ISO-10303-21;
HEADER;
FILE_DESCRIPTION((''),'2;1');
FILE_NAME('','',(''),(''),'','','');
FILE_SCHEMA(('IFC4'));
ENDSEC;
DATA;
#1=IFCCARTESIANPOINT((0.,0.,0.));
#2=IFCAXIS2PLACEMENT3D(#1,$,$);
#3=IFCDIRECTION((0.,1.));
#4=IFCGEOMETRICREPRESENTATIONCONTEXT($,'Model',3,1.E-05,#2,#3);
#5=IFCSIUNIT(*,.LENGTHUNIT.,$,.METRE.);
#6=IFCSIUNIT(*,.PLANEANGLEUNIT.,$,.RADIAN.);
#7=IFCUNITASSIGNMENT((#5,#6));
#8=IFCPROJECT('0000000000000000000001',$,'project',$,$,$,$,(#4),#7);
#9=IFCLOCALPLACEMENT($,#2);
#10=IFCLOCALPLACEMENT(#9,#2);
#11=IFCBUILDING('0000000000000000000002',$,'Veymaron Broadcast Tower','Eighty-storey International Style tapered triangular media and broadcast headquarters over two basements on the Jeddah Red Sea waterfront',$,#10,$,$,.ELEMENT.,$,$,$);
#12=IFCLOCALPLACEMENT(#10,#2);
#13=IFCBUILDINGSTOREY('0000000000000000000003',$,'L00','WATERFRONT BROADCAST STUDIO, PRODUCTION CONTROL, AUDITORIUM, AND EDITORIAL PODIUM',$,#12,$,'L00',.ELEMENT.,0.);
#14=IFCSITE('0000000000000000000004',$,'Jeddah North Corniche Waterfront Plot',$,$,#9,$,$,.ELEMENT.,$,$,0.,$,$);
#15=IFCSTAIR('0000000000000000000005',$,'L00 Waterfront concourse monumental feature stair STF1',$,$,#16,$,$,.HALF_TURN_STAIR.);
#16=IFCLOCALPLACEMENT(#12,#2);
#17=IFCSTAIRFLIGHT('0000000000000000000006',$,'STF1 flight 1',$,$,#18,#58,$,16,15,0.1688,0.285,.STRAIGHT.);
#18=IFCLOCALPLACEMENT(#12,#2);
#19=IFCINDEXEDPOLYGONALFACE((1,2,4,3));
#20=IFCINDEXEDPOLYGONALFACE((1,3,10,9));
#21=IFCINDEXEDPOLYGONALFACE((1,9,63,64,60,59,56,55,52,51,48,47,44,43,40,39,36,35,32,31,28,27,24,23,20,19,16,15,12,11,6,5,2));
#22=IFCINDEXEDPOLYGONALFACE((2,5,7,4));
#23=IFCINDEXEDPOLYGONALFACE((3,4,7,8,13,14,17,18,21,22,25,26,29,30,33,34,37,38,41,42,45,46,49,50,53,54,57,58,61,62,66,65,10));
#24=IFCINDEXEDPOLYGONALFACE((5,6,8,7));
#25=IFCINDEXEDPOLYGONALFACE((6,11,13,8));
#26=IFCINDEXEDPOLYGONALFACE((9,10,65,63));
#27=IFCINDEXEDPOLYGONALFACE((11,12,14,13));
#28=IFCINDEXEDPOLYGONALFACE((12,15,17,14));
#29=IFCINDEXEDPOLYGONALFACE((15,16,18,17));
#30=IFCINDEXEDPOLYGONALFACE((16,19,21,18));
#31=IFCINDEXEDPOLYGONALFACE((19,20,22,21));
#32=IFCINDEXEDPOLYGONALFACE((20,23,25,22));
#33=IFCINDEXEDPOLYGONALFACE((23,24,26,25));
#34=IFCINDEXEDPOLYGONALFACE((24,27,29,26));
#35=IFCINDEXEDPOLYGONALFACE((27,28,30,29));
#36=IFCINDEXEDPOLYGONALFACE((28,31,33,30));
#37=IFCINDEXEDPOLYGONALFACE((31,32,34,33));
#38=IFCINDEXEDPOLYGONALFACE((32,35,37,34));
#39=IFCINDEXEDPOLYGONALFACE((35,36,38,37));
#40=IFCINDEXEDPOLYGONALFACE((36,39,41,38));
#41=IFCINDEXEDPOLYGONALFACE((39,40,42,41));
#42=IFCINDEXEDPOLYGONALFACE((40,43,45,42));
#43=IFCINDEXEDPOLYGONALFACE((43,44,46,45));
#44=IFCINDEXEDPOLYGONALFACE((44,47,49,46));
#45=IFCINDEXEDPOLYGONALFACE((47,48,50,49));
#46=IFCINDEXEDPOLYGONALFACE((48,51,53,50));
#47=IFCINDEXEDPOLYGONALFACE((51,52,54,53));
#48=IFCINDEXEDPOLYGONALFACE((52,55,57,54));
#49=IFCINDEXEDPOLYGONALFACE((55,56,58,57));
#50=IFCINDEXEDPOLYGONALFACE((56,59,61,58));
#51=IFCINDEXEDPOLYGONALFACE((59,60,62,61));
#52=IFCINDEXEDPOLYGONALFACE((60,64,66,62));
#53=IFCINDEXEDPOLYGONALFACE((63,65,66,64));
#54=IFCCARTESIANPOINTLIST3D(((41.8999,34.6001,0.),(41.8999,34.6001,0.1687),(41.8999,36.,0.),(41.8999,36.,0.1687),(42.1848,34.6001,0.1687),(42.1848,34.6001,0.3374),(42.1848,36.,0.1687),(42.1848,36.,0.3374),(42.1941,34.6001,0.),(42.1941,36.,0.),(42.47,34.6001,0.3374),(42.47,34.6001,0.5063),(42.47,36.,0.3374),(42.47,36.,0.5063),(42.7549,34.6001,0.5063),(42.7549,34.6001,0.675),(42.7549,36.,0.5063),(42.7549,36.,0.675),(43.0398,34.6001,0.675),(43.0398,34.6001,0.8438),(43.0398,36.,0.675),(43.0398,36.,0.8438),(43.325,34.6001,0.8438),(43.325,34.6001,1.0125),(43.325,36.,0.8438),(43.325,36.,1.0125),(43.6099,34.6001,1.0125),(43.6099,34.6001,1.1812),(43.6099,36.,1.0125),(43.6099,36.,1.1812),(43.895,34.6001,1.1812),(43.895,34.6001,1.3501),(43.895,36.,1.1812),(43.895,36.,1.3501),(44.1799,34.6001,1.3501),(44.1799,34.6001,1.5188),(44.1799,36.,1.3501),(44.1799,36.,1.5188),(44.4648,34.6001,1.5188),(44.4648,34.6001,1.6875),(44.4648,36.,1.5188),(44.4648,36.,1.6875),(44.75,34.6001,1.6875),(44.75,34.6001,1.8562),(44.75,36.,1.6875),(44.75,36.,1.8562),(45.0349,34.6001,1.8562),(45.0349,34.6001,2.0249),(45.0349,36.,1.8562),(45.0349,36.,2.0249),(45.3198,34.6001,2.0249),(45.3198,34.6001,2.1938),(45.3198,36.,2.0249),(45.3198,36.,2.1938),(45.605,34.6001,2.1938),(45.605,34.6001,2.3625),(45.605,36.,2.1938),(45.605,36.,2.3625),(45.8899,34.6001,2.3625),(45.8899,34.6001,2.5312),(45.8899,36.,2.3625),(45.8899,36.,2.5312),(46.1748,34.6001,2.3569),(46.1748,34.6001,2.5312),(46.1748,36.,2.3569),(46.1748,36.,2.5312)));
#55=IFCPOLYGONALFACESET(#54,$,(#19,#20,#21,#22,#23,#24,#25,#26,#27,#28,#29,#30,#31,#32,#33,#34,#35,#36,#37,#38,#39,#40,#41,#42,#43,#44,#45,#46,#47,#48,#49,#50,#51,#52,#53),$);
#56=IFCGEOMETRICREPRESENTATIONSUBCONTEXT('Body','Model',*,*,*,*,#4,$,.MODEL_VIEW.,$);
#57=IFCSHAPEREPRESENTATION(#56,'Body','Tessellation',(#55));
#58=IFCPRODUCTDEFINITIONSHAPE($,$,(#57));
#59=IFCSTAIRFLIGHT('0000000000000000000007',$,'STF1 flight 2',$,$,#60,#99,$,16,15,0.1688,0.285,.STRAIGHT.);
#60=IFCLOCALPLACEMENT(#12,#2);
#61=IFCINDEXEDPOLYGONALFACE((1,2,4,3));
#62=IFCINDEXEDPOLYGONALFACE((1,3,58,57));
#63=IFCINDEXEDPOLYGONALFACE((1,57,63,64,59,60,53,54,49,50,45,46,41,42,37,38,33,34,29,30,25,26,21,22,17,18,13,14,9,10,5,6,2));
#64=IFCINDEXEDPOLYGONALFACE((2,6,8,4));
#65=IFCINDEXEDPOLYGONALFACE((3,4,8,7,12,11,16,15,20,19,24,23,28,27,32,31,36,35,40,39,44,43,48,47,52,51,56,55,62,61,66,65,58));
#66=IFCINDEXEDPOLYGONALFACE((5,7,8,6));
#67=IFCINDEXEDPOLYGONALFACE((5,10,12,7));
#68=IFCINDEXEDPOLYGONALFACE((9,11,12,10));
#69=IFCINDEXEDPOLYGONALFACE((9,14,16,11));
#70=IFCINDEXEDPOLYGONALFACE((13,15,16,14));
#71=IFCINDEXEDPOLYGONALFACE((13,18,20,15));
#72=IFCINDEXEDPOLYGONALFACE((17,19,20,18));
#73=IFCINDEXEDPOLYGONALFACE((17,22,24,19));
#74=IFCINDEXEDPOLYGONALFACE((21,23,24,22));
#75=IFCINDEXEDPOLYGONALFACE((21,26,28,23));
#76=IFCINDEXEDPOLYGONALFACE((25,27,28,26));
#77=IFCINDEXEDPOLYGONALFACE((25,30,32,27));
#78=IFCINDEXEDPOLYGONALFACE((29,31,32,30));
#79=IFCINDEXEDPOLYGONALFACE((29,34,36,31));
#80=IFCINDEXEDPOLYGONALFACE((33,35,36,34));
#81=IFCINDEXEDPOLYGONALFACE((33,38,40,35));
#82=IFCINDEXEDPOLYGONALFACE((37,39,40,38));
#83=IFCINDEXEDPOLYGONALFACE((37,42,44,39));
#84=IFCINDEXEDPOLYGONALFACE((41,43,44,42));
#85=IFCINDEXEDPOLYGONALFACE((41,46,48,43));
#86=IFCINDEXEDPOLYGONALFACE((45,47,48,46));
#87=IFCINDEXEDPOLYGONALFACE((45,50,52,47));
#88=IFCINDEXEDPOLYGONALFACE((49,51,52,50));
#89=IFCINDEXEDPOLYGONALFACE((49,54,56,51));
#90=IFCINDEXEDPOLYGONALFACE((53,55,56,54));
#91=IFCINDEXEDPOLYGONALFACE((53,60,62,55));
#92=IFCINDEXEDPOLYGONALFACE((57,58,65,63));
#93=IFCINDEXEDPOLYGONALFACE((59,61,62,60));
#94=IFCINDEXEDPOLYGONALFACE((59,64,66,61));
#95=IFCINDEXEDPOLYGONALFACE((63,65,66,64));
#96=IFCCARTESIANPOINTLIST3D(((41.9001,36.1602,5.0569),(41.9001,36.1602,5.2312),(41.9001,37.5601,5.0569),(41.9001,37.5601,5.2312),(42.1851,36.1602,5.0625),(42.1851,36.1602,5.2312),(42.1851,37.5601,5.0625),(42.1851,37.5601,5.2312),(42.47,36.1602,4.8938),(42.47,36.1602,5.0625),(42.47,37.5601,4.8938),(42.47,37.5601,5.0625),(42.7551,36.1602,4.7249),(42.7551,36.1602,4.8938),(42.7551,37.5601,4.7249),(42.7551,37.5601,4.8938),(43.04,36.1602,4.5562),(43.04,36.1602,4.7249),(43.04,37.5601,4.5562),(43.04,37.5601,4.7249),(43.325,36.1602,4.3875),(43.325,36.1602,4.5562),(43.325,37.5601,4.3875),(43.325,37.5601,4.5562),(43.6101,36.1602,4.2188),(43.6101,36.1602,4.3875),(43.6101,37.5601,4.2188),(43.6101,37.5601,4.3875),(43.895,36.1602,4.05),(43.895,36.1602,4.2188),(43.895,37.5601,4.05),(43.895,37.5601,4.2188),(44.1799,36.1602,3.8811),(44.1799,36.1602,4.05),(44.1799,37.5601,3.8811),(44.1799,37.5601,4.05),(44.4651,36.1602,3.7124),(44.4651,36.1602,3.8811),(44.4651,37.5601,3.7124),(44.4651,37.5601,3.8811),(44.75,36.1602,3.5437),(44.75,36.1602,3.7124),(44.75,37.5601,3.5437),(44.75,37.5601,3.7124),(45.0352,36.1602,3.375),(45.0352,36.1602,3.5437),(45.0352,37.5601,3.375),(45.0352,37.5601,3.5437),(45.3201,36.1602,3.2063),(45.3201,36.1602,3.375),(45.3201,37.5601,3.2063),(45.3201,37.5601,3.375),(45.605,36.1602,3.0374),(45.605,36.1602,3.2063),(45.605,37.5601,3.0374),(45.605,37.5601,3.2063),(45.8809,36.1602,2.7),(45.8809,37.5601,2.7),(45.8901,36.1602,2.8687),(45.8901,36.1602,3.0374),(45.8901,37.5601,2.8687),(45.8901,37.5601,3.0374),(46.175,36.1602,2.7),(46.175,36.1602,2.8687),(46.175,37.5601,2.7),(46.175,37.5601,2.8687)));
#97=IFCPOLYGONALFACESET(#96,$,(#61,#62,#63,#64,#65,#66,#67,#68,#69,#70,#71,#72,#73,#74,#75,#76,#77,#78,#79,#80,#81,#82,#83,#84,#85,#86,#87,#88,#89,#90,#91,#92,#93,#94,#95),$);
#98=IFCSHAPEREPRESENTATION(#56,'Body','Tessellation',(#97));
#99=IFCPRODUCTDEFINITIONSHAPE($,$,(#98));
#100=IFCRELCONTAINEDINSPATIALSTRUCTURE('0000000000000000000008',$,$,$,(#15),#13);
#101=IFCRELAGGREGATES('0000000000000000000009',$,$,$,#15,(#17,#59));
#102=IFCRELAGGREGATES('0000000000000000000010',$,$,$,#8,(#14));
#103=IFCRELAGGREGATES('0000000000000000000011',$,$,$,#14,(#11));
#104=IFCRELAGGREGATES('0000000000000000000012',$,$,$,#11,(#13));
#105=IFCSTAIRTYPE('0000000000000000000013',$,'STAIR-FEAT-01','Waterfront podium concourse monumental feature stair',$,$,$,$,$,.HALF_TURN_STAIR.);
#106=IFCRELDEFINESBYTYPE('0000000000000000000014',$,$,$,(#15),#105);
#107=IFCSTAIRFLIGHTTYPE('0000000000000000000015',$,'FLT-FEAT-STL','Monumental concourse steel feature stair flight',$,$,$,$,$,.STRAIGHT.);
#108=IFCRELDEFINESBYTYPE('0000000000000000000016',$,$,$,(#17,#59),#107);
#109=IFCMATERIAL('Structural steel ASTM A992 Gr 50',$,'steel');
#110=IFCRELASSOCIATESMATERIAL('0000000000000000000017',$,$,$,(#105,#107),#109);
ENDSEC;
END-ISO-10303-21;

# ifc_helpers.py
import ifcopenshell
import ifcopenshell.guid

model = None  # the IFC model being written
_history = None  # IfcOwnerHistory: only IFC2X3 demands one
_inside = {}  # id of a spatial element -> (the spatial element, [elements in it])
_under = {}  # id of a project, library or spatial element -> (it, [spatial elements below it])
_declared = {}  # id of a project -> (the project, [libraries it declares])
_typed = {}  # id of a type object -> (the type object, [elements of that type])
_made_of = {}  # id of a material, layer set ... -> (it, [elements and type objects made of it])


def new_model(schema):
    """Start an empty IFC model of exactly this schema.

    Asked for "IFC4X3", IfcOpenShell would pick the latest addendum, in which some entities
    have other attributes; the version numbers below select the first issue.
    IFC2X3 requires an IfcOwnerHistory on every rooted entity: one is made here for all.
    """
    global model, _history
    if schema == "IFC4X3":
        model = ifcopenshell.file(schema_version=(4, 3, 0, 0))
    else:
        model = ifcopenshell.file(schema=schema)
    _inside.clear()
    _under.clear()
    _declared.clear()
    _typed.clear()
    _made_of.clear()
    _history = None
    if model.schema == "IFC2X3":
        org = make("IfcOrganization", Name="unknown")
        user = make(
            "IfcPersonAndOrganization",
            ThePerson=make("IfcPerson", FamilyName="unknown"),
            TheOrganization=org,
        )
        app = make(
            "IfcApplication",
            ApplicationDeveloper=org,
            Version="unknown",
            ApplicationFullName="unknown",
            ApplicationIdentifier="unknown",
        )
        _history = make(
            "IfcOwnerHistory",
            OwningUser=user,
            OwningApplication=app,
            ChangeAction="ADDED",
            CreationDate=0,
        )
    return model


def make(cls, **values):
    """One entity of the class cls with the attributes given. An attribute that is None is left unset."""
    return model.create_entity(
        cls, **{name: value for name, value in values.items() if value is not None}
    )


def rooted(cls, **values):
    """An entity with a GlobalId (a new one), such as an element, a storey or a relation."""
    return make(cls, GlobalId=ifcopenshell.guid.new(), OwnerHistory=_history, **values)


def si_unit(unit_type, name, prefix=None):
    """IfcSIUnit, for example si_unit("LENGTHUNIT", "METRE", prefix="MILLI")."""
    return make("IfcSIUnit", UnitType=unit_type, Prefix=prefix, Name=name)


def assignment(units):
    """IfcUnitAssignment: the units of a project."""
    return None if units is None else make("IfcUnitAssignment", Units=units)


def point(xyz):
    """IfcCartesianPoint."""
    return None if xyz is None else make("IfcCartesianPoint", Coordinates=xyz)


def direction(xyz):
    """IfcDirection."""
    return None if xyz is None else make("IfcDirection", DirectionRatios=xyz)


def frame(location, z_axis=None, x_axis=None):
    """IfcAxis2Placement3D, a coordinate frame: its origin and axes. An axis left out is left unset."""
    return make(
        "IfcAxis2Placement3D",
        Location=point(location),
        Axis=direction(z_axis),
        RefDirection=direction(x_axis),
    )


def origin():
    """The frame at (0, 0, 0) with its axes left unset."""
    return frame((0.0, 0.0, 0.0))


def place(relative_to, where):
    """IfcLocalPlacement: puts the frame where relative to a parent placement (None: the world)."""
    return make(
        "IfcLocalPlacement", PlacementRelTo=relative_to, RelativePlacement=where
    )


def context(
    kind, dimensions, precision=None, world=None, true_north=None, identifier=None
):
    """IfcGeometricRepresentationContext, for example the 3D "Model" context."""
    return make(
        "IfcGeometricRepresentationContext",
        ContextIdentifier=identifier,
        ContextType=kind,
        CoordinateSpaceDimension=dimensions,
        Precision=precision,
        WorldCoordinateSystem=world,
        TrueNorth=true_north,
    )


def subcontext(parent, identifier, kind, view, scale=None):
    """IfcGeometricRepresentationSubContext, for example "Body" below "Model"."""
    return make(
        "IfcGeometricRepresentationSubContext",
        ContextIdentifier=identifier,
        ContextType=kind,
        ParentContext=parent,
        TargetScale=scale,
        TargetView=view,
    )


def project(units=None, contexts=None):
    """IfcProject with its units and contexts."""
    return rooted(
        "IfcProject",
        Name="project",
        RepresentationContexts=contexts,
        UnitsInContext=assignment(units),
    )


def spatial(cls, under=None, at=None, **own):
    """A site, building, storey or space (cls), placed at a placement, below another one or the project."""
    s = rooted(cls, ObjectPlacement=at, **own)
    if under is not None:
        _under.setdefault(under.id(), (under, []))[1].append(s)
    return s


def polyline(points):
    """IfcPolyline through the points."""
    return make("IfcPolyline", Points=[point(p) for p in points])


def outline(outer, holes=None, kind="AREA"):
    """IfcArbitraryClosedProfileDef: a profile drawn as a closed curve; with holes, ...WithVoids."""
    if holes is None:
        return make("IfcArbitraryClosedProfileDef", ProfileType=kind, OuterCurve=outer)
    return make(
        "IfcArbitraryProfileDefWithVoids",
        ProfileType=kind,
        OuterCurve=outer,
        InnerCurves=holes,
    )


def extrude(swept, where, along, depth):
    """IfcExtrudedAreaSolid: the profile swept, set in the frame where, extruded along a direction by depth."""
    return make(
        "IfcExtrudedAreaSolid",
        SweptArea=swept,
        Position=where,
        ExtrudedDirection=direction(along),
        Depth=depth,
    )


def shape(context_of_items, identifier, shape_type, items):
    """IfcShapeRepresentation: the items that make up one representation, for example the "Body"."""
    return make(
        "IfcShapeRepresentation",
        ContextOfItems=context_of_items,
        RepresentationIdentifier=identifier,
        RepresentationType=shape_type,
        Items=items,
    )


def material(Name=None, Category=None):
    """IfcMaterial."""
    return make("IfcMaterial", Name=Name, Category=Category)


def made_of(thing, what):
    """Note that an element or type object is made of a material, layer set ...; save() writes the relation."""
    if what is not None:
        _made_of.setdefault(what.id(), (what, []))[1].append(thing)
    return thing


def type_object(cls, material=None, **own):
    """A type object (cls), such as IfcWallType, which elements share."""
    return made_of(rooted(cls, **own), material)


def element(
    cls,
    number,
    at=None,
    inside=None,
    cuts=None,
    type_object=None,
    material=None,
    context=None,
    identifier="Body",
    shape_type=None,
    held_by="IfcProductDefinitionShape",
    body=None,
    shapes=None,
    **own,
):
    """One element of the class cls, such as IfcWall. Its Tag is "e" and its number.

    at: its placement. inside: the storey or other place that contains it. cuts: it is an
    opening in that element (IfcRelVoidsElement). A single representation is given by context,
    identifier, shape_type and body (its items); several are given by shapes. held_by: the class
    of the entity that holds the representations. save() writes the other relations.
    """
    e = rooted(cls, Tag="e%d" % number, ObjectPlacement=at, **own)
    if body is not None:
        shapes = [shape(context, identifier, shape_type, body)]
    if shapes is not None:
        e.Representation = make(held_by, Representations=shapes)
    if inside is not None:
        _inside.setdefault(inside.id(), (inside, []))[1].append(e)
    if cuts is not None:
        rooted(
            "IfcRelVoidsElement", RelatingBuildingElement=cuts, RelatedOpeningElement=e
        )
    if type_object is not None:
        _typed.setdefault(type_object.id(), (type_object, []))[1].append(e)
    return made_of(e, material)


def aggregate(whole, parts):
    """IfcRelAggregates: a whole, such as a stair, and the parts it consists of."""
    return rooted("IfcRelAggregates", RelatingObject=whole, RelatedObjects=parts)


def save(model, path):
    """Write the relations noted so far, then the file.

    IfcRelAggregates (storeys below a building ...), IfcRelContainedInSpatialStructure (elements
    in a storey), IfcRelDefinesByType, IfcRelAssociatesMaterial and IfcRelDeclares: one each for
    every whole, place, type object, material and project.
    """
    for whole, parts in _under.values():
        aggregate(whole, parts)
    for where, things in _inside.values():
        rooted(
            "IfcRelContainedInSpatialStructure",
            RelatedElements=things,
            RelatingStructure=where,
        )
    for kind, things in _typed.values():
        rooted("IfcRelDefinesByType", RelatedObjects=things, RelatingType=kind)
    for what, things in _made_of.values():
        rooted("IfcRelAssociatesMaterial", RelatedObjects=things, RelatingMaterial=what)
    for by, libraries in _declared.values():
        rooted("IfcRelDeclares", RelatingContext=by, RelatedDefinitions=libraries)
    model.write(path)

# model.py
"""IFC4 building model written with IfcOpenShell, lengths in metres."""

from ifc_helpers import new_model, si_unit, direction, frame, origin, place, context, subcontext, project, spatial, polyline, outline, extrude, material, type_object, element, aggregate, save


model = new_model("IFC4")

# Units and contexts
model_context = context("Model", 3, precision=1e-05, world=origin(), true_north=direction((0.0, 1.0)))
body_context = subcontext(model_context, "Body", "Model", "MODEL_VIEW")
ifc_project = project(units=[si_unit("LENGTHUNIT", "METRE"), si_unit("PLANEANGLEUNIT", "RADIAN")], contexts=[model_context])

# Site, building, storey
site_placement = place(None, origin())
site = spatial("IfcSite", under=ifc_project, at=site_placement, Name="Jeddah North Corniche Waterfront Plot", CompositionType="ELEMENT", RefElevation=0.0)
building_placement = place(site_placement, origin())
building = spatial("IfcBuilding", under=site, at=building_placement, Name="Veymaron Broadcast Tower", Description="Eighty-storey International Style tapered triangular media and broadcast headquarters over two basements on the Jeddah Red Sea waterfront", CompositionType="ELEMENT")
storey_placement = place(building_placement, origin())
storey = spatial("IfcBuildingStorey", under=building, at=storey_placement, Name="L00", Description="WATERFRONT BROADCAST STUDIO, PRODUCTION CONTROL, AUDITORIUM, AND EDITORIAL PODIUM", LongName="L00", CompositionType="ELEMENT", Elevation=0.0)

# Shared definitions
ifc_material_1 = material(Name="Structural steel ASTM A992 Gr 50", Category="steel")

# Stair, stair flights
stair_type_1 = type_object("IfcStairType", Name="STAIR-FEAT-01", Description="Waterfront podium concourse monumental feature stair", PredefinedType="HALF_TURN_STAIR", material=ifc_material_1)
stair_1_placement = place(storey_placement, origin())
stair_1 = element("IfcStair", 1, at=stair_1_placement, inside=storey, type_object=stair_type_1, Name="L00 Waterfront concourse monumental feature stair STF1", PredefinedType="HALF_TURN_STAIR")
stair_flight_type_1 = type_object("IfcStairFlightType", Name="FLT-FEAT-STL", Description="Monumental concourse steel feature stair flight", PredefinedType="STRAIGHT", material=ifc_material_1)
stair_flight_1_placement = place(storey_placement, frame((41.8999, 35.3, 0.0), z_axis=(0.0, 0.0, 1.0), x_axis=(1.0, 0.0, 0.0)))
stair_flight_1 = element("IfcStairFlight", 2, at=stair_flight_1_placement, type_object=stair_flight_type_1, Name="STF1 flight 1", NumberOfRisers=16, NumberOfTreads=15, PredefinedType="STRAIGHT", RiserHeight=0.1688, TreadLength=0.285, context=body_context, shape_type="SweptSolid", body=[
    extrude(outline(polyline([(0.0, 0.0), (0.0, 0.1687), (0.2849, 0.1687), (0.2849, 0.3374), (0.5701, 0.3374), (0.5701, 0.5063), (0.855, 0.5063), (0.855, 0.675), (1.1399, 0.675), (1.1399, 0.8438), (1.425, 0.8438), (1.425, 1.0125), (1.71, 1.0125), (1.71, 1.1812), (1.9951, 1.1812), (1.9951, 1.3501), (2.28, 1.3501), (2.28, 1.5188), (2.5649, 1.5188), (2.5649, 1.6875), (2.8501, 1.6875), (2.8501, 1.8562), (3.135, 1.8562), (3.135, 2.0249), (3.4199, 2.0249), (3.4199, 2.1938), (3.7051, 2.1938), (3.7051, 2.3625), (3.99, 2.3625), (3.99, 2.5312), (4.2749, 2.5312), (4.2749, 2.7), (4.2749, 2.3569), (0.2942, 0.0), (0.0, 0.0)])), frame((0.0, 0.7, 0.0), z_axis=(0.0, -1.0, 0.0), x_axis=(1.0, 0.0, 0.0)), (0.0, 0.0, 1.0), 1.3999),
])
stair_flight_2_placement = place(storey_placement, frame((46.175, 36.8601, 2.7), z_axis=(0.0, 0.0, 1.0), x_axis=(-1.0, 0.0, 0.0)))
stair_flight_2 = element("IfcStairFlight", 3, at=stair_flight_2_placement, type_object=stair_flight_type_1, Name="STF1 flight 2", NumberOfRisers=16, NumberOfTreads=15, PredefinedType="STRAIGHT", RiserHeight=0.1688, TreadLength=0.285, context=body_context, shape_type="SweptSolid", body=[
    extrude(outline(polyline([(0.0, 0.0), (0.0, 0.1687), (0.2849, 0.1687), (0.2849, 0.3374), (0.5701, 0.3374), (0.5701, 0.5063), (0.855, 0.5063), (0.855, 0.675), (1.1399, 0.675), (1.1399, 0.8438), (1.425, 0.8438), (1.425, 1.0125), (1.71, 1.0125), (1.71, 1.1812), (1.9951, 1.1812), (1.9951, 1.3501), (2.28, 1.3501), (2.28, 1.5188), (2.5649, 1.5188), (2.5649, 1.6875), (2.8501, 1.6875), (2.8501, 1.8562), (3.135, 1.8562), (3.135, 2.0249), (3.4199, 2.0249), (3.4199, 2.1938), (3.7051, 2.1938), (3.7051, 2.3625), (3.99, 2.3625), (3.99, 2.5312), (4.2749, 2.5312), (4.2749, 2.7), (4.2749, 2.3569), (0.2942, 0.0), (0.0, 0.0)])), frame((0.0, 0.7, 0.0), z_axis=(0.0, -1.0, 0.0), x_axis=(1.0, 0.0, 0.0)), (0.0, 0.0, 1.0), 1.3999),
])
aggregate(stair_1, [stair_flight_1, stair_flight_2])

save(model, "model.ifc")
